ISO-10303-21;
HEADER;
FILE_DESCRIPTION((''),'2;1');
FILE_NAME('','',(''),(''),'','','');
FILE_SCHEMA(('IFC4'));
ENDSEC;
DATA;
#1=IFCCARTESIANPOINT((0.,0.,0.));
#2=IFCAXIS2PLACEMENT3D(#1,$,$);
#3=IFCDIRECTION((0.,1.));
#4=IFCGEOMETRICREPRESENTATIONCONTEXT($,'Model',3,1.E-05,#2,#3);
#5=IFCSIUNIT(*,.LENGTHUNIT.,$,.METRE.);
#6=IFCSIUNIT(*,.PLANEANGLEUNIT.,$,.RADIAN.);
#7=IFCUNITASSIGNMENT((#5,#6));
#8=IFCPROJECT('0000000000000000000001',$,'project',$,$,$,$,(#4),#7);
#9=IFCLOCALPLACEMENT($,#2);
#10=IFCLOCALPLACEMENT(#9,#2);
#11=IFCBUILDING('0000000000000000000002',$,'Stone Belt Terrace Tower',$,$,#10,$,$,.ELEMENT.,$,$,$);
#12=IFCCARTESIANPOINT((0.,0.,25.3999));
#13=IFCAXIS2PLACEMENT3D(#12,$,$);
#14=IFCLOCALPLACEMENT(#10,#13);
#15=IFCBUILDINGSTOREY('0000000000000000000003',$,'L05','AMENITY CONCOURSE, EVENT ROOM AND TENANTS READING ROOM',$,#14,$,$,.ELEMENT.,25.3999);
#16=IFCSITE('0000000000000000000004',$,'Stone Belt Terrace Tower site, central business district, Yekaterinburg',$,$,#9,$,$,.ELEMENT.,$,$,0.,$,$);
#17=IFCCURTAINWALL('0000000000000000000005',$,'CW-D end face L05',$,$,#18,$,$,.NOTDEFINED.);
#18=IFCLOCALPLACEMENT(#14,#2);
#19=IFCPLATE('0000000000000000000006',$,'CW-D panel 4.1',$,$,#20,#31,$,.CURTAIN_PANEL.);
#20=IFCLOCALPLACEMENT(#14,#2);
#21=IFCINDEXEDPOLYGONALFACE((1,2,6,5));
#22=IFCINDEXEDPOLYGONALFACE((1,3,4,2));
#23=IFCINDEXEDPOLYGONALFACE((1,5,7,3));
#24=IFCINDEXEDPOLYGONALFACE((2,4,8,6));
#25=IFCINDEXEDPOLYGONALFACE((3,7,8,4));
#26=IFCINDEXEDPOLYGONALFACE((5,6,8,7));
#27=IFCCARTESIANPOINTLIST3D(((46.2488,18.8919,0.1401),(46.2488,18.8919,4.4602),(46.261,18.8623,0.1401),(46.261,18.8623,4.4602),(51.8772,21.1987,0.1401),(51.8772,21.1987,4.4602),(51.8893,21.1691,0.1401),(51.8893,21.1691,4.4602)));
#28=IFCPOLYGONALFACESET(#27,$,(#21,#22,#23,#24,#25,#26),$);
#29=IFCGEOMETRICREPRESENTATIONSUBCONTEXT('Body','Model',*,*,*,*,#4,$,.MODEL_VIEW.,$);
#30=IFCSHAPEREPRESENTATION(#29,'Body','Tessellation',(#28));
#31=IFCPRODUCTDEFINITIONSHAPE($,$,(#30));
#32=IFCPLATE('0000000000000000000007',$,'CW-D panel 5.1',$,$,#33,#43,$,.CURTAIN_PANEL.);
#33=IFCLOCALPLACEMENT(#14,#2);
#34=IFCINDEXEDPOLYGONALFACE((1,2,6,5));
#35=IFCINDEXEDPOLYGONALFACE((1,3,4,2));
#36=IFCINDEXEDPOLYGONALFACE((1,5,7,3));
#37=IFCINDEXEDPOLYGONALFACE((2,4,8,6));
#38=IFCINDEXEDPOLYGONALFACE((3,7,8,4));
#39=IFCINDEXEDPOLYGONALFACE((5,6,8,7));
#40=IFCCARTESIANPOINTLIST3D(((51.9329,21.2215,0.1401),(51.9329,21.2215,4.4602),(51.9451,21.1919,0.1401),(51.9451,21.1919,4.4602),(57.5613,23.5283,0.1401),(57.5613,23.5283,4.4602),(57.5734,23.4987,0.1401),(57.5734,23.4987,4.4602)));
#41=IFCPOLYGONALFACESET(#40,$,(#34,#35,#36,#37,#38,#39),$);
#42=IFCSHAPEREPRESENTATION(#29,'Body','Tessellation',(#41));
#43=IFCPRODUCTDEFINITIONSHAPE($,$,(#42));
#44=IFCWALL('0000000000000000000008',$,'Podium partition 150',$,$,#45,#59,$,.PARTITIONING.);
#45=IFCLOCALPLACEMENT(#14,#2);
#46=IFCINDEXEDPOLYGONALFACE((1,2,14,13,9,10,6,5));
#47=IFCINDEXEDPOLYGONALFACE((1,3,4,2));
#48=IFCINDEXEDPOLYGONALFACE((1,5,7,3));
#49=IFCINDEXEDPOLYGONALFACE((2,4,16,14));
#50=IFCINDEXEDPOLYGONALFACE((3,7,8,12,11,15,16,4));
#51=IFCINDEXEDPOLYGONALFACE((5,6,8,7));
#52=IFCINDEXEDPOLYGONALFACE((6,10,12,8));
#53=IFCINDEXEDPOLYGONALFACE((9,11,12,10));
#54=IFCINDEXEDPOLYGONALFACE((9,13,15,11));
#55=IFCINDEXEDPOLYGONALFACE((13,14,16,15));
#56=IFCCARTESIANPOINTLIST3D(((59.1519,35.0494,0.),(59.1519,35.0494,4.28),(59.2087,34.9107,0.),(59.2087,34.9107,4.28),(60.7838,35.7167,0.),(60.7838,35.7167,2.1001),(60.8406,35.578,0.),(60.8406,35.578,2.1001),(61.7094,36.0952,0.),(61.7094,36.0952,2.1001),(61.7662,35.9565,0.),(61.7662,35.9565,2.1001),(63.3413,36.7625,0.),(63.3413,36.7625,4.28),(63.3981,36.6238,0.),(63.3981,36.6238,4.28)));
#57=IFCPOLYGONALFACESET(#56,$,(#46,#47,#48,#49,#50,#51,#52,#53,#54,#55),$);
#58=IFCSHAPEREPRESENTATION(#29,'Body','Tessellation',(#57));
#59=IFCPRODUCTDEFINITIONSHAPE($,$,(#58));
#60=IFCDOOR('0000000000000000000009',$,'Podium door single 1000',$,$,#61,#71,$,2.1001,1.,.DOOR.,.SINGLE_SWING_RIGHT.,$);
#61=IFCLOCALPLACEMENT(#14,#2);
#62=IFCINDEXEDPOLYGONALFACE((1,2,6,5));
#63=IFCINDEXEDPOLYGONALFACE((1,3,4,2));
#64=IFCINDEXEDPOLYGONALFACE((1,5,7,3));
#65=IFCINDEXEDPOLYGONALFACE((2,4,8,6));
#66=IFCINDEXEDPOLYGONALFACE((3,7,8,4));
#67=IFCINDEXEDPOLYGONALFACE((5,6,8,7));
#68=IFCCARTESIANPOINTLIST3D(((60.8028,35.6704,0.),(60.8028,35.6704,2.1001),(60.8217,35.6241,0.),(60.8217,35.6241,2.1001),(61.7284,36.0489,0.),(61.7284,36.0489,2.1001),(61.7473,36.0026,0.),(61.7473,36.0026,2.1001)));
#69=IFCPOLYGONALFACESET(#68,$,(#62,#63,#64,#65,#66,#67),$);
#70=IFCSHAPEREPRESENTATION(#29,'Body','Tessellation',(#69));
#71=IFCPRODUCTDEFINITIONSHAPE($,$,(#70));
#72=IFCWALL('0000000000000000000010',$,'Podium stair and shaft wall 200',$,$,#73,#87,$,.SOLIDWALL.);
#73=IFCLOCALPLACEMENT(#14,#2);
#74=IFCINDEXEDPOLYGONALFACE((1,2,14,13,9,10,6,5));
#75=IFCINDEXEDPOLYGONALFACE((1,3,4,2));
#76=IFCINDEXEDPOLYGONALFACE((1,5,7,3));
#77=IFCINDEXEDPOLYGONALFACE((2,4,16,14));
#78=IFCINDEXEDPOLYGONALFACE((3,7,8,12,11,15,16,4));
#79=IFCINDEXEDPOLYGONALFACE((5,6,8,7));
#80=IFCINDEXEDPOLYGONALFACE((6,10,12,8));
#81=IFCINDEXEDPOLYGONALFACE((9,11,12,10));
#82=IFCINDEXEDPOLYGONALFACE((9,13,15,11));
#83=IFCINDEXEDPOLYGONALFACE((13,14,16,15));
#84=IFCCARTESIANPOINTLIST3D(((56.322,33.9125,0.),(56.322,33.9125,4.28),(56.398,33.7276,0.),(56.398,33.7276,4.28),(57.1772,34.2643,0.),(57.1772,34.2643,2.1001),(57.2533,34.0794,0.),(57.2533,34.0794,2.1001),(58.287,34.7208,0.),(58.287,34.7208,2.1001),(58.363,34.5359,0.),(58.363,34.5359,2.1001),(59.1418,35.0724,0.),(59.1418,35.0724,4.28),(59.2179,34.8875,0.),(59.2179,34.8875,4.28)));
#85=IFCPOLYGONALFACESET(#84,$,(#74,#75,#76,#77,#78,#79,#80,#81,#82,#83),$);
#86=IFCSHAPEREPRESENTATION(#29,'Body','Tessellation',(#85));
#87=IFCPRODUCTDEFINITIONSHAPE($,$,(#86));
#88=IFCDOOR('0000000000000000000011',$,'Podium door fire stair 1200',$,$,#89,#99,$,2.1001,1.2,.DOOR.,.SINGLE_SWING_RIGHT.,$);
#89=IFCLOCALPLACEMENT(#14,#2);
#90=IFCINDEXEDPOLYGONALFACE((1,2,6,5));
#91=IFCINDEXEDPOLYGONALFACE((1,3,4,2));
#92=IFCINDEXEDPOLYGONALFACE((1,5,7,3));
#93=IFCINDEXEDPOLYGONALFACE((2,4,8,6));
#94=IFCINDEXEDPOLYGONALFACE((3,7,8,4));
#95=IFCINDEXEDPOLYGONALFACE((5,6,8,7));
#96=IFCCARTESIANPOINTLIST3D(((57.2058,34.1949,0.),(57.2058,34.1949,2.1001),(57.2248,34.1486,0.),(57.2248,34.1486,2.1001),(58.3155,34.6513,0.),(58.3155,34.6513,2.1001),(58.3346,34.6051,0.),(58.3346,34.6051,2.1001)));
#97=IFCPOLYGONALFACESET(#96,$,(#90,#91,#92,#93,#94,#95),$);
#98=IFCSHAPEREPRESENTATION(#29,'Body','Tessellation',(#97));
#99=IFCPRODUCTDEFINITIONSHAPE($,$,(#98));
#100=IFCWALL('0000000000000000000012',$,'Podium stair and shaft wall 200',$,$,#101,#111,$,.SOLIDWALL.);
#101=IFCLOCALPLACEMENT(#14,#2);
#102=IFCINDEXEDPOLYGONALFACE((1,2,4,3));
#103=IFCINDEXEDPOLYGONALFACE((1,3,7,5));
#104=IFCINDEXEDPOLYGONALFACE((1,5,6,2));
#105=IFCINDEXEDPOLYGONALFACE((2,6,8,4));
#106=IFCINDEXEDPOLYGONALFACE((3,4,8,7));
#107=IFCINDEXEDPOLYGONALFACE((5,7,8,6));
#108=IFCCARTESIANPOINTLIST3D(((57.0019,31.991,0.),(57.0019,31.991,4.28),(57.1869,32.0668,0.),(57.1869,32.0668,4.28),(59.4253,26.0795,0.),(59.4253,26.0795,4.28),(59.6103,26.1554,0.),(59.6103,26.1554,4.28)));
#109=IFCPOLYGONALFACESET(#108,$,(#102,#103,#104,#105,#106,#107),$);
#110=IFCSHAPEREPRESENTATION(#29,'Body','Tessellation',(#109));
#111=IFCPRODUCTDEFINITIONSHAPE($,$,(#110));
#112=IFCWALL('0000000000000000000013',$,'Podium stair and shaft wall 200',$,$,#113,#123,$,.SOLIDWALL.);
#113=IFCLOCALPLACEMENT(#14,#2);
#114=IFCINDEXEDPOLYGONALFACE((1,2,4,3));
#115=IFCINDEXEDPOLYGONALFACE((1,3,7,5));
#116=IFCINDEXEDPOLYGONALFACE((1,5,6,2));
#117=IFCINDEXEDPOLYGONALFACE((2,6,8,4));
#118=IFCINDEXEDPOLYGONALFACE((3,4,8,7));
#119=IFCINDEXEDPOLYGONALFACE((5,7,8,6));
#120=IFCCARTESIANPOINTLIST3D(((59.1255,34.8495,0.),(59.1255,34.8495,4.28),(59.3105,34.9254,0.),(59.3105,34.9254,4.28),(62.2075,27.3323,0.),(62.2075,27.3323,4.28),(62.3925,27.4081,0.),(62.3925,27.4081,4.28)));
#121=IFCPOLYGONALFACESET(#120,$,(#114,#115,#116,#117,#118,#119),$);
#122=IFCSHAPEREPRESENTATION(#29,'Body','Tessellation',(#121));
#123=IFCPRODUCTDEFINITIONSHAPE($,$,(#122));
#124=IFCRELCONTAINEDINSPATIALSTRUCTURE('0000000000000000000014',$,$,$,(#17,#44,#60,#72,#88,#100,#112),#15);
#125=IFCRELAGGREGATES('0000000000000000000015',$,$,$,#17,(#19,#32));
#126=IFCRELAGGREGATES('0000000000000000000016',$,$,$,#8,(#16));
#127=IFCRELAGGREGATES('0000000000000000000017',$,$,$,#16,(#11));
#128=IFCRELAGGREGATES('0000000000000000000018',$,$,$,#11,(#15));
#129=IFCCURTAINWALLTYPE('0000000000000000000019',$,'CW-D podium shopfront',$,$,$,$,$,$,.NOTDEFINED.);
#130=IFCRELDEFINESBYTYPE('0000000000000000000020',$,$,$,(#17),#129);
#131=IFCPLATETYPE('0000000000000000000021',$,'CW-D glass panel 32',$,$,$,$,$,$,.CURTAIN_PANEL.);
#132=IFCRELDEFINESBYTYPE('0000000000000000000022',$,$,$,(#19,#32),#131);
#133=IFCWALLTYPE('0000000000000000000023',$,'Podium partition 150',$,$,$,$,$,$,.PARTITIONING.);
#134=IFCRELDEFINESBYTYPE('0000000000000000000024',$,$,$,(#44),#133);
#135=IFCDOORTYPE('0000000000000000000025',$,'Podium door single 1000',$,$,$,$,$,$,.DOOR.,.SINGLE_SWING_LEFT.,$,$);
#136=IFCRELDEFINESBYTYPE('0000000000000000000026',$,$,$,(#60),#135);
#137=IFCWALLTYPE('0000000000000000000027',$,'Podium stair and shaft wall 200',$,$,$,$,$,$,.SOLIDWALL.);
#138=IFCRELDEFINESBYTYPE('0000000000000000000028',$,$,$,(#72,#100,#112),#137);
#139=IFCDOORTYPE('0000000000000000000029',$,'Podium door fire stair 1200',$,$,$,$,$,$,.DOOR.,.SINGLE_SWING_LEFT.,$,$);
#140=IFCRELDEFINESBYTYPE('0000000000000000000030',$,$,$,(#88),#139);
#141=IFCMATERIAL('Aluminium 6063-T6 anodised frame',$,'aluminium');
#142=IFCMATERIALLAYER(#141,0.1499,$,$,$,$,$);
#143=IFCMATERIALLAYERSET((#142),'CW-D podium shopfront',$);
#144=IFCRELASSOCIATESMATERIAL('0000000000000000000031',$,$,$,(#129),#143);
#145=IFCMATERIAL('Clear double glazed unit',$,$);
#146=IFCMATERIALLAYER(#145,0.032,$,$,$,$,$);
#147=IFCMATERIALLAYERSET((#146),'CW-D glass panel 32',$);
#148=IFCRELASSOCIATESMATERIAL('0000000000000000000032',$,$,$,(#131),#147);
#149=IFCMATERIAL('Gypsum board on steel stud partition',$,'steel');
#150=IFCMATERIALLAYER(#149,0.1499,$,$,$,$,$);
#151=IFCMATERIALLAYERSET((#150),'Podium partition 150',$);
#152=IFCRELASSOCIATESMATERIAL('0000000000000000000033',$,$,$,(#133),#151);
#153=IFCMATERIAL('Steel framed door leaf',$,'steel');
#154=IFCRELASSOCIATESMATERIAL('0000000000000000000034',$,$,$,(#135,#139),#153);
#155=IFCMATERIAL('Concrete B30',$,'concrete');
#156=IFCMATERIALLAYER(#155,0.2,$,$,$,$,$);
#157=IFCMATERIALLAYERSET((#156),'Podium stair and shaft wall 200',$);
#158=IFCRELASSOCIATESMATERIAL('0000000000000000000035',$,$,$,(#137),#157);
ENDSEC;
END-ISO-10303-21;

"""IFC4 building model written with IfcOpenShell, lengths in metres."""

from ifc_helpers import new_model, si_unit, direction, frame, frame_2d, origin, origin_2d, place, context, subcontext, project, spatial, rectangle, extrude, material, layer, layer_set, type_object, element, fill, aggregate, save


model = new_model("IFC4")

# Units and contexts
model_context = context("Model", 3, precision=1e-05, world=origin(), true_north=direction((0.0, 1.0)))
body_context = subcontext(model_context, "Body", "Model", "MODEL_VIEW")
ifc_project = project(units=[si_unit("LENGTHUNIT", "METRE"), si_unit("PLANEANGLEUNIT", "RADIAN")], contexts=[model_context])

# Site, building, storey
site_placement = place(None, origin())
site = spatial("IfcSite", under=ifc_project, at=site_placement, Name="Stone Belt Terrace Tower site, central business district, Yekaterinburg", CompositionType="ELEMENT", RefElevation=0.0)
building_placement = place(site_placement, origin())
building = spatial("IfcBuilding", under=site, at=building_placement, Name="Stone Belt Terrace Tower", CompositionType="ELEMENT")
storey_placement = place(building_placement, frame((0.0, 0.0, 25.3999)))
storey = spatial("IfcBuildingStorey", under=building, at=storey_placement, Name="L05", Description="AMENITY CONCOURSE, EVENT ROOM AND TENANTS READING ROOM", CompositionType="ELEMENT", Elevation=25.3999)

# Curtain wall
ifc_material_1 = material(Name="Aluminium 6063-T6 anodised frame", Category="aluminium")
ifc_layer_1 = layer(ifc_material_1, 0.1499)
ifc_layer_set_1 = layer_set([ifc_layer_1], Name="CW-D podium shopfront")
curtain_wall_type = type_object("IfcCurtainWallType", Name="CW-D podium shopfront", PredefinedType="NOTDEFINED", material=ifc_layer_set_1)
curtain_wall_placement = place(storey_placement, origin())
curtain_wall = element("IfcCurtainWall", 1, at=curtain_wall_placement, inside=storey, type_object=curtain_wall_type, Name="CW-D end face L05", PredefinedType="NOTDEFINED")

# Plates
ifc_material_2 = material(Name="Clear double glazed unit")
ifc_layer_2 = layer(ifc_material_2, 0.032)
ifc_layer_set_2 = layer_set([ifc_layer_2], Name="CW-D glass panel 32")
plate_type = type_object("IfcPlateType", Name="CW-D glass panel 32", PredefinedType="CURTAIN_PANEL", material=ifc_layer_set_2)
plate_1_placement = place(storey_placement, frame((49.0691, 20.0305, 0.1401), z_axis=(0.0, 0.0, 1.0), x_axis=(0.925297, 0.379243, 0.0)))
plate_1 = element("IfcPlate", 2, at=plate_1_placement, type_object=plate_type, Name="CW-D panel 4.1", PredefinedType="CURTAIN_PANEL", context=body_context, shape_type="SweptSolid", body=[
    extrude(rectangle(XDim=6.0828, YDim=0.032, at=origin_2d()), origin(), (0.0, 0.0, 1.0), 4.3201),
])
plate_2_placement = place(storey_placement, frame((54.7532, 22.3601, 0.1401), z_axis=(0.0, 0.0, 1.0), x_axis=(0.925297, 0.379243, 0.0)))
plate_2 = element("IfcPlate", 3, at=plate_2_placement, type_object=plate_type, Name="CW-D panel 5.1", PredefinedType="CURTAIN_PANEL", context=body_context, shape_type="SweptSolid", body=[
    extrude(rectangle(XDim=6.0828, YDim=0.032, at=origin_2d()), origin(), (0.0, 0.0, 1.0), 4.3201),
])
aggregate(curtain_wall, [plate_1, plate_2])

# Walls, openings, doors
ifc_material_3 = material(Name="Gypsum board on steel stud partition", Category="steel")
ifc_layer_3 = layer(ifc_material_3, 0.1499)
ifc_layer_set_3 = layer_set([ifc_layer_3], Name="Podium partition 150")
wall_type_1 = type_object("IfcWallType", Name="Podium partition 150", PredefinedType="PARTITIONING", material=ifc_layer_set_3)
wall_1_placement = place(storey_placement, frame((59.1802, 34.98, 0.0), z_axis=(0.0, 0.0, 1.0), x_axis=(0.925604, 0.378494, 0.0)))
wall_1 = element("IfcWall", 4, at=wall_1_placement, inside=storey, type_object=wall_type_1, Name="Podium partition 150", PredefinedType="PARTITIONING", context=body_context, shape_type="SweptSolid", body=[
    extrude(rectangle(XDim=4.5261, YDim=0.1499, at=frame_2d((2.2632, 0.0))), origin(), (0.0, 0.0, 1.0), 4.28),
])
opening_1_placement = place(wall_1_placement, frame((1.7632, 0.0, 0.0)))
opening_1 = element("IfcOpeningElement", 5, at=opening_1_placement, cuts=wall_1, PredefinedType="OPENING", context=body_context, shape_type="SweptSolid", body=[
    extrude(rectangle(XDim=1.0, YDim=2.1001, at=frame_2d((0.5, 1.05))), frame((0.0, 0.085, 0.0), z_axis=(0.0, -1.0, 0.0), x_axis=(1.0, 0.0, 0.0)), (0.0, 0.0, 1.0), 0.1699),
])
ifc_material_4 = material(Name="Steel framed door leaf", Category="steel")
door_type_1 = type_object("IfcDoorType", Name="Podium door single 1000", OperationType="SINGLE_SWING_LEFT", PredefinedType="DOOR", material=ifc_material_4)
door_1_placement = place(opening_1_placement, origin())
door_1 = element("IfcDoor", 6, at=door_1_placement, inside=storey, type_object=door_type_1, Name="Podium door single 1000", OperationType="SINGLE_SWING_RIGHT", OverallHeight=2.1001, OverallWidth=1.0, PredefinedType="DOOR", context=body_context, shape_type="SweptSolid", body=[
    extrude(rectangle(XDim=1.0, YDim=2.1001, at=frame_2d((0.5, 1.05))), frame((0.0, 0.0249, 0.0), z_axis=(0.0, -1.0, 0.0), x_axis=(1.0, 0.0, 0.0)), (0.0, 0.0, 1.0), 0.05),
])
fill(opening_1, door_1)
ifc_material_5 = material(Name="Concrete B30", Category="concrete")
ifc_layer_4 = layer(ifc_material_5, 0.2)
ifc_layer_set_4 = layer_set([ifc_layer_4], Name="Podium stair and shaft wall 200")
wall_type_2 = type_object("IfcWallType", Name="Podium stair and shaft wall 200", PredefinedType="SOLIDWALL", material=ifc_layer_set_4)
wall_2_placement = place(storey_placement, frame((56.3601, 33.8201, 0.0), z_axis=(0.0, 0.0, 1.0), x_axis=(0.924816, 0.380416, 0.0)))
wall_2 = element("IfcWall", 7, at=wall_2_placement, inside=storey, type_object=wall_type_2, Name="Podium stair and shaft wall 200", PredefinedType="SOLIDWALL", context=body_context, shape_type="SweptSolid", body=[
    extrude(rectangle(XDim=3.0491, YDim=0.2, at=frame_2d((1.5244, 0.0))), origin(), (0.0, 0.0, 1.0), 4.28),
])
opening_2_placement = place(wall_2_placement, frame((0.9246, 0.0, 0.0)))
opening_2 = element("IfcOpeningElement", 8, at=opening_2_placement, cuts=wall_2, PredefinedType="OPENING", context=body_context, shape_type="SweptSolid", body=[
    extrude(rectangle(XDim=1.2, YDim=2.1001, at=frame_2d((0.6001, 1.05))), frame((0.0, 0.1099, 0.0), z_axis=(0.0, -1.0, 0.0), x_axis=(1.0, 0.0, 0.0)), (0.0, 0.0, 1.0), 0.22),
])
door_type_2 = type_object("IfcDoorType", Name="Podium door fire stair 1200", OperationType="SINGLE_SWING_LEFT", PredefinedType="DOOR", material=ifc_material_4)
door_2_placement = place(opening_2_placement, origin())
door_2 = element("IfcDoor", 9, at=door_2_placement, inside=storey, type_object=door_type_2, Name="Podium door fire stair 1200", OperationType="SINGLE_SWING_RIGHT", OverallHeight=2.1001, OverallWidth=1.2, PredefinedType="DOOR", context=body_context, shape_type="SweptSolid", body=[
    extrude(rectangle(XDim=1.2, YDim=2.1001, at=frame_2d((0.6001, 1.05))), frame((0.0, 0.0249, 0.0), z_axis=(0.0, -1.0, 0.0), x_axis=(1.0, 0.0, 0.0)), (0.0, 0.0, 1.0), 0.05),
])
fill(opening_2, door_2)

# Walls
wall_3_placement = place(storey_placement, frame((57.0945, 32.0288, 0.0), z_axis=(0.0, 0.0, 1.0), x_axis=(0.37931, -0.92527, 0.0)))
element("IfcWall", 10, at=wall_3_placement, inside=storey, type_object=wall_type_2, Name="Podium stair and shaft wall 200", PredefinedType="SOLIDWALL", context=body_context, shape_type="SweptSolid", body=[
    extrude(rectangle(XDim=6.3889, YDim=0.2, at=frame_2d((3.1943, 0.0))), origin(), (0.0, 0.0, 1.0), 4.28),
])
wall_4_placement = place(storey_placement, frame((59.218, 34.8875, 0.0), z_axis=(0.0, 0.0, 1.0), x_axis=(0.379345, -0.925255, 0.0)))
element("IfcWall", 11, at=wall_4_placement, inside=storey, type_object=wall_type_2, Name="Podium stair and shaft wall 200", PredefinedType="SOLIDWALL", context=body_context, shape_type="SweptSolid", body=[
    extrude(rectangle(XDim=8.1245, YDim=0.2, at=frame_2d((4.0623, 0.0))), origin(), (0.0, 0.0, 1.0), 4.28),
])

save(model, "model.ifc")
